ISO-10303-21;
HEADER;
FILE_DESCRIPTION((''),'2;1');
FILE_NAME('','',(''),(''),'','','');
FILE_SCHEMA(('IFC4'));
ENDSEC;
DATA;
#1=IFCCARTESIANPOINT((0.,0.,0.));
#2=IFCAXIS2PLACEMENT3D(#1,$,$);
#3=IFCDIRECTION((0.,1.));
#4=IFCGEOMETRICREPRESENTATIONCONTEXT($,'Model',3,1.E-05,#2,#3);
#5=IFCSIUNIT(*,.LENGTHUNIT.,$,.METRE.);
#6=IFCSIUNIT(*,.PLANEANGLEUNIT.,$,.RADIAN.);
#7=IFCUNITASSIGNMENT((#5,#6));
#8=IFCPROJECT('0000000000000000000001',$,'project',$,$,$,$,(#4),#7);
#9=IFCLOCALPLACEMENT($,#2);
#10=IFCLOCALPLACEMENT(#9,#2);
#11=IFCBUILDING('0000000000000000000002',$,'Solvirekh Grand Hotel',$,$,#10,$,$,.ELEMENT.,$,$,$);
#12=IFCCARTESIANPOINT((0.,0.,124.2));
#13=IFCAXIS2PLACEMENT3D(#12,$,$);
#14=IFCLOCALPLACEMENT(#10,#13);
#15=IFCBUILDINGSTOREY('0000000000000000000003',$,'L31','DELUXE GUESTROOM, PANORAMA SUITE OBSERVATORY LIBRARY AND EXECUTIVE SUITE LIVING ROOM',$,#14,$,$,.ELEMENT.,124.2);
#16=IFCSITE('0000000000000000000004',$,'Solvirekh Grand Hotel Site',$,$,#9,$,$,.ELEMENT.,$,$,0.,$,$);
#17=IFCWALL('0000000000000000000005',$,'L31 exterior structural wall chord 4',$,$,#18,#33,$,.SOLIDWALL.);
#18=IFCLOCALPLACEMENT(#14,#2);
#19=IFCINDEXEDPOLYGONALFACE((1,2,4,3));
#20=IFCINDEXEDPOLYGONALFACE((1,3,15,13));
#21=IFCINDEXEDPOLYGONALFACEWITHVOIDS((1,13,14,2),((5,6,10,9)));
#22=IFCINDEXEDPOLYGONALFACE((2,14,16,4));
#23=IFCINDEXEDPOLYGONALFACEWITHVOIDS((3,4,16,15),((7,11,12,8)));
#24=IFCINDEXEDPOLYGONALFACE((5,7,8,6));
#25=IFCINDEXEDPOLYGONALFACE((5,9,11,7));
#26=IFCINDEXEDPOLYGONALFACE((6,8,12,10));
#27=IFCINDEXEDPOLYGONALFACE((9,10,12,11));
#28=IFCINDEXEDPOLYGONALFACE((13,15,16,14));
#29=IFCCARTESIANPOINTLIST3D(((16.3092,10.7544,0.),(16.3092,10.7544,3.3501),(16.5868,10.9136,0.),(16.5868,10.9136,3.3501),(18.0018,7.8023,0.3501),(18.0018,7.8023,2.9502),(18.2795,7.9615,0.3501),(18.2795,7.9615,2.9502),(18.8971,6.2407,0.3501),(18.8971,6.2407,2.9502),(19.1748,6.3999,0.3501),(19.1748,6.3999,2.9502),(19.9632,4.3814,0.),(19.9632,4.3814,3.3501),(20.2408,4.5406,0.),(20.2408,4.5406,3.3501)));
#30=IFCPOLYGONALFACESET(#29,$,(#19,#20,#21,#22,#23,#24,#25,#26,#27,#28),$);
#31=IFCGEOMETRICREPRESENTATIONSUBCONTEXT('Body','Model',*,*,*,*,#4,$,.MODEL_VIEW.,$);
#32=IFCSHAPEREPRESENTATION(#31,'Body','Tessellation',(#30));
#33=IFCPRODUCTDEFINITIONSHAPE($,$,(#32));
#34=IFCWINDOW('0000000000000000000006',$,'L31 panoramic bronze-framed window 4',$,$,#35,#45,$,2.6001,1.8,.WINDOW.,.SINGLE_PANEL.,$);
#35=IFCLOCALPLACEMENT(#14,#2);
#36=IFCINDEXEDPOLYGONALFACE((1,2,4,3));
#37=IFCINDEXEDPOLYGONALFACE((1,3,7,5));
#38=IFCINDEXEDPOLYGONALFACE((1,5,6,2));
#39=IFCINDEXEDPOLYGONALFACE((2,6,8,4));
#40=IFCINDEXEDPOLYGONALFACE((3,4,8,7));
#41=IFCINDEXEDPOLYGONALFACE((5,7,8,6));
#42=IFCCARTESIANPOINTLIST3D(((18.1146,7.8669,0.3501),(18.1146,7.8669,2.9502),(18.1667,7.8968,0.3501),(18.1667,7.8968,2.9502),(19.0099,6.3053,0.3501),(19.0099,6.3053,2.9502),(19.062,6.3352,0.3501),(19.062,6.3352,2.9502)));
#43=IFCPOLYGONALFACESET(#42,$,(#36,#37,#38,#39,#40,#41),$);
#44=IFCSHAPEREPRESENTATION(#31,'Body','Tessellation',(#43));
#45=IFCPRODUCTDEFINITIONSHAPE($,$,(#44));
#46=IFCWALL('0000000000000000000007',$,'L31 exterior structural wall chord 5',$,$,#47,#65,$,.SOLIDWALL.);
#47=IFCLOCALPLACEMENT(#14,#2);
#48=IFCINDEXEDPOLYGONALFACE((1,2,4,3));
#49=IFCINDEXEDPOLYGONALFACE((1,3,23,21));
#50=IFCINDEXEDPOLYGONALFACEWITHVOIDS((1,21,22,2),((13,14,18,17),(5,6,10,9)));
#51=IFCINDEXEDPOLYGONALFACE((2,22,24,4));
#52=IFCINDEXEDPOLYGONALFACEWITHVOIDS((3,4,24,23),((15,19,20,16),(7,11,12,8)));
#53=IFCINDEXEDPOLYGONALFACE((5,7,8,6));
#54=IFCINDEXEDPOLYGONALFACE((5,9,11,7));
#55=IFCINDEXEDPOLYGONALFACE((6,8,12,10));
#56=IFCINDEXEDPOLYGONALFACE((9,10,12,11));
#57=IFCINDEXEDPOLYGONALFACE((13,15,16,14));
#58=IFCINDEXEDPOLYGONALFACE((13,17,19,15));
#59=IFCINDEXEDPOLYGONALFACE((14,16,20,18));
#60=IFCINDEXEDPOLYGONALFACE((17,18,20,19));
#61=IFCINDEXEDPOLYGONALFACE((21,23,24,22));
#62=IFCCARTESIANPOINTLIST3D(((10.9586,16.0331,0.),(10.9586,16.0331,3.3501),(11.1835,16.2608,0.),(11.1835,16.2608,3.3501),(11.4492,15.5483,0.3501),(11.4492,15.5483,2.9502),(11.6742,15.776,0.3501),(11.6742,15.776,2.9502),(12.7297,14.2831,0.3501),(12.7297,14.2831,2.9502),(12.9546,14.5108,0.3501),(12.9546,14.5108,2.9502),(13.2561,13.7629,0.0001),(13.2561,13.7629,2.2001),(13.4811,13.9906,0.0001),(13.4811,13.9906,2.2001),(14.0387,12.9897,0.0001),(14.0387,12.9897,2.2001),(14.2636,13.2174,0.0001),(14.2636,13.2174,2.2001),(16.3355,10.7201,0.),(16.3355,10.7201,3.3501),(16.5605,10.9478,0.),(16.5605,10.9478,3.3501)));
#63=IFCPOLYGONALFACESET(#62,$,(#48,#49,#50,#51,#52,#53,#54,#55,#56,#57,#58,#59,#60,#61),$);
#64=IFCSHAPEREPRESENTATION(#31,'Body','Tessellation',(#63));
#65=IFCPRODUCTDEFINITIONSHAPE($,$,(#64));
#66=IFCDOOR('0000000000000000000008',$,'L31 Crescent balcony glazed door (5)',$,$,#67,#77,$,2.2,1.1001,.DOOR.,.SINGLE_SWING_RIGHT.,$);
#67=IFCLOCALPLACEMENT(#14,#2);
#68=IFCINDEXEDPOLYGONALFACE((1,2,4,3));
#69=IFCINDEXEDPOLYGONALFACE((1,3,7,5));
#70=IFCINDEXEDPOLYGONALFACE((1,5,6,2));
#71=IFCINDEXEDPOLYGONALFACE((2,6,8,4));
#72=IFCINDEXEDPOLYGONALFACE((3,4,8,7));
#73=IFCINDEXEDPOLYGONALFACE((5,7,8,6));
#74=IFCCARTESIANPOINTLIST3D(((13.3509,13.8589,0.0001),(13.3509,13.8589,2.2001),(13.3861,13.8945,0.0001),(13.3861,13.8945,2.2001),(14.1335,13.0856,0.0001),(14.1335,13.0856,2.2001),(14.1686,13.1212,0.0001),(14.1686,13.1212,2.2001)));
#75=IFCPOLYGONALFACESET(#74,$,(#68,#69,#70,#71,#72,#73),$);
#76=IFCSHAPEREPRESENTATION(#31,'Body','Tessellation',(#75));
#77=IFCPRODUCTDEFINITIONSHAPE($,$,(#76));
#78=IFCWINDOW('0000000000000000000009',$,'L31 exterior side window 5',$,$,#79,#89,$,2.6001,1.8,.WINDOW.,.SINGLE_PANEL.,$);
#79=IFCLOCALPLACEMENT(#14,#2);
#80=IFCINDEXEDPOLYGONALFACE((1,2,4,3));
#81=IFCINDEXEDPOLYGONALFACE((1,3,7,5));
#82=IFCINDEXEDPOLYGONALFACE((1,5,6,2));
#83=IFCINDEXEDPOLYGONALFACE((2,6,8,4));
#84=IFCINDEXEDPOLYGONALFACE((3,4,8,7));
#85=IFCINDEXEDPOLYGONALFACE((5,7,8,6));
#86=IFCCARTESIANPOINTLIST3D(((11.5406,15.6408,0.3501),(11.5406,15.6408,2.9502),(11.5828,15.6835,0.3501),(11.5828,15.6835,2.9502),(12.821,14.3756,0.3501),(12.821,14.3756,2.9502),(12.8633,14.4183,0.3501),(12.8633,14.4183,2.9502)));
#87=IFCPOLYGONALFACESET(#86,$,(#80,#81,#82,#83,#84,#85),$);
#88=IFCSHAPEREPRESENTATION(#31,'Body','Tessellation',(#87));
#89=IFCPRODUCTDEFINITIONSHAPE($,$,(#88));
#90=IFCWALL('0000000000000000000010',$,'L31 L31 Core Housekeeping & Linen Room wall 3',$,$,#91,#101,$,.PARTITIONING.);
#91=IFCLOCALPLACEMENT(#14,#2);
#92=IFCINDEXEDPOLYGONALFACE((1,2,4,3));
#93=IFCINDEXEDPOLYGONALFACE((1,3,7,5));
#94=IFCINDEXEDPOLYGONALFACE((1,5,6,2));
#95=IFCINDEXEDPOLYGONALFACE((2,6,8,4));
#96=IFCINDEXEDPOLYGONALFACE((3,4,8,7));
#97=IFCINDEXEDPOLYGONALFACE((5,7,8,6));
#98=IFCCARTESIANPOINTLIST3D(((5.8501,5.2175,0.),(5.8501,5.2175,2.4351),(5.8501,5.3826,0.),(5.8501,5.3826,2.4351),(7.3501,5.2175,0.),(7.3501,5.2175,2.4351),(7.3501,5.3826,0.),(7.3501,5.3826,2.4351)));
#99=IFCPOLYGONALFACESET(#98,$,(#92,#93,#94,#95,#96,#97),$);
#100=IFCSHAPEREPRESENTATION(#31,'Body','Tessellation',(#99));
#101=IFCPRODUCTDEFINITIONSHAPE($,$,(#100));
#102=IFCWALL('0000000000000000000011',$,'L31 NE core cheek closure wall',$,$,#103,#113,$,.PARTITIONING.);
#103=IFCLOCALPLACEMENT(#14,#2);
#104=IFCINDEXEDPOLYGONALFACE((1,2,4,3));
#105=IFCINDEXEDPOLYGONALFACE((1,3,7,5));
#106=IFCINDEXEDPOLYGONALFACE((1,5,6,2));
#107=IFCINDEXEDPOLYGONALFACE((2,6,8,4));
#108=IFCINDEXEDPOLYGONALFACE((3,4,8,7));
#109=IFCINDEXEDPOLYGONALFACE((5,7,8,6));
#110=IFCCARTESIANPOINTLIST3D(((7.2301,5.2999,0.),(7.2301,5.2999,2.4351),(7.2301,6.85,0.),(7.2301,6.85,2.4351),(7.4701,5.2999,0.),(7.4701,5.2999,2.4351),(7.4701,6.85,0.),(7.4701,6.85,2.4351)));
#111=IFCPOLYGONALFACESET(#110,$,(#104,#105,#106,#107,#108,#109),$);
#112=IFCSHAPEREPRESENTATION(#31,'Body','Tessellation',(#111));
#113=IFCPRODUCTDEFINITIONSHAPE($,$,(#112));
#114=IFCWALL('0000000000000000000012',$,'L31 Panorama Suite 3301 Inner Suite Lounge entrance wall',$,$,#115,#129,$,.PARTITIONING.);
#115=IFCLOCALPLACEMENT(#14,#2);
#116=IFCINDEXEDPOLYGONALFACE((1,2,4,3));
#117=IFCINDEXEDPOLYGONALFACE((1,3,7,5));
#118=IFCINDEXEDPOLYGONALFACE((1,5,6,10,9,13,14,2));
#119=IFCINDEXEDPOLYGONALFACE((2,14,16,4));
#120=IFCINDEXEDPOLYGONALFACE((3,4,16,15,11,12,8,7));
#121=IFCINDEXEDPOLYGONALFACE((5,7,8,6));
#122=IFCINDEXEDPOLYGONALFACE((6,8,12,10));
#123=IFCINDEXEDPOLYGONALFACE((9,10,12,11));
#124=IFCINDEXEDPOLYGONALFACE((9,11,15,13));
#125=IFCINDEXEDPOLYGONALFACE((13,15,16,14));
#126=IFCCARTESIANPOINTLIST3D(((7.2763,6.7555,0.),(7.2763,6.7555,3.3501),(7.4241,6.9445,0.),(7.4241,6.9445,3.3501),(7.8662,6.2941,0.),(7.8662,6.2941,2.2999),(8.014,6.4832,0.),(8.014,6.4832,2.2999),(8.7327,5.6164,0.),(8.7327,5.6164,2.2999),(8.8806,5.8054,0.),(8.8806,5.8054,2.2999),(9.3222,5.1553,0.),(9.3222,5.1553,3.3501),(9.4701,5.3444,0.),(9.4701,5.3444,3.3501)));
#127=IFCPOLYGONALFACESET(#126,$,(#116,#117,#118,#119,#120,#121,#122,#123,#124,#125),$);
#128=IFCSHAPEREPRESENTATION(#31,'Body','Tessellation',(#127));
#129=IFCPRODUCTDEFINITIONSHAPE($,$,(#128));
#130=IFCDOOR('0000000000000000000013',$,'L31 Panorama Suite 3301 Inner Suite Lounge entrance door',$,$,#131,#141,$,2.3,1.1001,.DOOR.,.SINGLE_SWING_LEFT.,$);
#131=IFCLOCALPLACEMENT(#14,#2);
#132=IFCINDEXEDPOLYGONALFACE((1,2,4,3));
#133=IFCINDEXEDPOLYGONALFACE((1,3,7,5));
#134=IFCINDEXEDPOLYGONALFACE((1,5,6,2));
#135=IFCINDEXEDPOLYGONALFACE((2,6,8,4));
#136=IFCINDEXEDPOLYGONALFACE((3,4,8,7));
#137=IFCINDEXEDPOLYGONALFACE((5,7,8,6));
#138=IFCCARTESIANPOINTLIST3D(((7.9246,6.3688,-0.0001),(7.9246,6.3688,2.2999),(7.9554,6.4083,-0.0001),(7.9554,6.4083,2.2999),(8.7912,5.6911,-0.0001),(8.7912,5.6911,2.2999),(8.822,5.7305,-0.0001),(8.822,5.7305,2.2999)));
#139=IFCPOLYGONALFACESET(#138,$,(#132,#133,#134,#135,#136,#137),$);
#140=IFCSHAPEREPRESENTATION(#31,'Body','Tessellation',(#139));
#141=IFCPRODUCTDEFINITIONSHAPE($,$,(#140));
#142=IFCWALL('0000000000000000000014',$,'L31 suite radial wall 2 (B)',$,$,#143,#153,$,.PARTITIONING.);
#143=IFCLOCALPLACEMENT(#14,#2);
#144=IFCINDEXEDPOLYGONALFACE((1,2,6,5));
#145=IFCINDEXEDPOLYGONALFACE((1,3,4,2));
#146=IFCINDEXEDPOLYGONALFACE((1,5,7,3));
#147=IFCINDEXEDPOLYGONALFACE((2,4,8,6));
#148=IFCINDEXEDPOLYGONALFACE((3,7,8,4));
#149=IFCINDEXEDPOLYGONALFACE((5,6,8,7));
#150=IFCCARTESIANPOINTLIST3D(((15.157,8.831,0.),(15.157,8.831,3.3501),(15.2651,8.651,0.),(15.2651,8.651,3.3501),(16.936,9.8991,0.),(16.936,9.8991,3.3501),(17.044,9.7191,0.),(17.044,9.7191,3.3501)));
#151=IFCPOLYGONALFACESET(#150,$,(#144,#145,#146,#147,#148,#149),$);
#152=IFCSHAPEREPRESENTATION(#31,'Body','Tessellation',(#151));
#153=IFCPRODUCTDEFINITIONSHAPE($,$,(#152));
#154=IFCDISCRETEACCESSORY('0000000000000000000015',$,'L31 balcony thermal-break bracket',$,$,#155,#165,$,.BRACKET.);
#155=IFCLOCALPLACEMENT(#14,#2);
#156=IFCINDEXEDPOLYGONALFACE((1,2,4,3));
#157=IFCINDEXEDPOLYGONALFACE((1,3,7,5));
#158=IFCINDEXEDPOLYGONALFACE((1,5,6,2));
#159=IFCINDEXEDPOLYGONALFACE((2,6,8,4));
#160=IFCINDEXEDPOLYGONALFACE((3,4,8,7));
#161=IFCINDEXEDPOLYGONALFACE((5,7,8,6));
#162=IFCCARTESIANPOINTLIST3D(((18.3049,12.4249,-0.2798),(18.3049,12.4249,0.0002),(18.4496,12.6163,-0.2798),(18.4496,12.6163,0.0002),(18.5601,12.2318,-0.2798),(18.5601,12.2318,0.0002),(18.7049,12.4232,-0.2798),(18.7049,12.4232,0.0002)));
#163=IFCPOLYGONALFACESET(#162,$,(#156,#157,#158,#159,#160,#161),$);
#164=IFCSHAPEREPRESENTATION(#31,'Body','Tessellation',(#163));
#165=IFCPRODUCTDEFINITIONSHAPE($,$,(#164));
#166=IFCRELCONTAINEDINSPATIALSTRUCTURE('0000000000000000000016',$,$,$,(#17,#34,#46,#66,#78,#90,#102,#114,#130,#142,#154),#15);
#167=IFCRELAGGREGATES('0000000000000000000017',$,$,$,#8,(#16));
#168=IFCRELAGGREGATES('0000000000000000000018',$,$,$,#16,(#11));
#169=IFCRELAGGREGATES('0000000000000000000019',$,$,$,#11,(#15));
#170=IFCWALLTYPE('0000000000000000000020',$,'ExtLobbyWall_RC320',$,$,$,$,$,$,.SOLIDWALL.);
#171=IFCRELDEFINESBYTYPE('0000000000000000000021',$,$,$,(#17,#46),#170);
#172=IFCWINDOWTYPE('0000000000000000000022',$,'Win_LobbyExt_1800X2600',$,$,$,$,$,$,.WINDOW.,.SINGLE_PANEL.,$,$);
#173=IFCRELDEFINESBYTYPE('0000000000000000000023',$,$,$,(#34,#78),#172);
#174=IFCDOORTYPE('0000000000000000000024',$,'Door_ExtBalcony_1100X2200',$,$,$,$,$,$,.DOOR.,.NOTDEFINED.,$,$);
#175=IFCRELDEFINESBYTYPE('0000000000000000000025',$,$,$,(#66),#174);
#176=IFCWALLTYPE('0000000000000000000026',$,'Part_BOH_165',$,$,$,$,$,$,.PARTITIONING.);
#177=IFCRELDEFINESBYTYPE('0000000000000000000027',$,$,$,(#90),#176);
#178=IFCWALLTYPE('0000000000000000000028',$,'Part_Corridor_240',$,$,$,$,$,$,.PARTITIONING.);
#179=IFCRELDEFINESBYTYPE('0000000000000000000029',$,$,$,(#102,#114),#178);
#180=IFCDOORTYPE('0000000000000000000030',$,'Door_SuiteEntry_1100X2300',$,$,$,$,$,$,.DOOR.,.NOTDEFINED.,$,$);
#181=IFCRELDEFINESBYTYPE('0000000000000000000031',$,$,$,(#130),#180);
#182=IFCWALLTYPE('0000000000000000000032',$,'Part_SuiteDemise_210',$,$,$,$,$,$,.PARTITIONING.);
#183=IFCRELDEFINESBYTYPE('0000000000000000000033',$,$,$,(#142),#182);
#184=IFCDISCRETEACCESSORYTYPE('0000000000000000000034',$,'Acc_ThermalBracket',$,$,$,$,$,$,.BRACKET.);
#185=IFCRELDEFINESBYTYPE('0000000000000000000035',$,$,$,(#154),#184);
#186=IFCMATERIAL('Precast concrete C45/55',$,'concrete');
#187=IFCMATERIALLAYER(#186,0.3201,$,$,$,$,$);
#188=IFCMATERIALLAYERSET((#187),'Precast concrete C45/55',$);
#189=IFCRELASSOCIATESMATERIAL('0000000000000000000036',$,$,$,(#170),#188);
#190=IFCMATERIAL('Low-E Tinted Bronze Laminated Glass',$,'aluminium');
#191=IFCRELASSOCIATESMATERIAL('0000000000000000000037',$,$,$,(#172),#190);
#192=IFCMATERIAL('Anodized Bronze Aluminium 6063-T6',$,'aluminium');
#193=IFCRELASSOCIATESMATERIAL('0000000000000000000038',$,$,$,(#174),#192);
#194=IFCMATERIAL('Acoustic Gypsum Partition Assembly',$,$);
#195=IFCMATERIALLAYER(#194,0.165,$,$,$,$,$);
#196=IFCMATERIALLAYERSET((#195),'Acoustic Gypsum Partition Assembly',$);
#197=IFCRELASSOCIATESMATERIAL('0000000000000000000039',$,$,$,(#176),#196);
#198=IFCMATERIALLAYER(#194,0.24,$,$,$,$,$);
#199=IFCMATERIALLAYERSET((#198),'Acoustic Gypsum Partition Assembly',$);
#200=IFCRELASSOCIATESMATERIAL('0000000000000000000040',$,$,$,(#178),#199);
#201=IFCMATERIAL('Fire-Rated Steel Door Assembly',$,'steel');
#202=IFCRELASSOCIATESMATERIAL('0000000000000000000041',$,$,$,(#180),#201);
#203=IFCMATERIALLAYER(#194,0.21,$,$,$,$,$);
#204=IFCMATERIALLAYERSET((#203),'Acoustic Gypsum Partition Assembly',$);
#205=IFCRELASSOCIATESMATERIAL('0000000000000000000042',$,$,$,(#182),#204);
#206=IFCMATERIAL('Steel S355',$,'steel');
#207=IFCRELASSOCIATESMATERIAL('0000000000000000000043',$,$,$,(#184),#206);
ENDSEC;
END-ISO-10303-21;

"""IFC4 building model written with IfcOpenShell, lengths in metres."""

from ifc_helpers import new_model, si_unit, direction, frame, frame_2d, origin, origin_2d, place, context, subcontext, project, spatial, rectangle, extrude, material, layer, layer_set, type_object, element, fill, save


model = new_model("IFC4")

# Units and contexts
model_context = context("Model", 3, precision=1e-05, world=origin(), true_north=direction((0.0, 1.0)))
body_context = subcontext(model_context, "Body", "Model", "MODEL_VIEW")
ifc_project = project(units=[si_unit("LENGTHUNIT", "METRE"), si_unit("PLANEANGLEUNIT", "RADIAN")], contexts=[model_context])

# Site, building, storey
site_placement = place(None, origin())
site = spatial("IfcSite", under=ifc_project, at=site_placement, Name="Solvirekh Grand Hotel Site", CompositionType="ELEMENT", RefElevation=0.0)
building_placement = place(site_placement, origin())
building = spatial("IfcBuilding", under=site, at=building_placement, Name="Solvirekh Grand Hotel", CompositionType="ELEMENT")
storey_placement = place(building_placement, frame((0.0, 0.0, 124.2)))
storey = spatial("IfcBuildingStorey", under=building, at=storey_placement, Name="L31", Description="DELUXE GUESTROOM, PANORAMA SUITE OBSERVATORY LIBRARY AND EXECUTIVE SUITE LIVING ROOM", CompositionType="ELEMENT", Elevation=124.2)

# Shared definitions
ifc_material_1 = material(Name="Steel S355", Category="steel")

# Wall, opening, window
ifc_material_2 = material(Name="Precast concrete C45/55", Category="concrete")
ifc_layer_1 = layer(ifc_material_2, 0.3201)
ifc_layer_set_1 = layer_set([ifc_layer_1], Name="Precast concrete C45/55")
wall_type_1 = type_object("IfcWallType", Name="ExtLobbyWall_RC320", PredefinedType="SOLIDWALL", material=ifc_layer_set_1)
wall_1_placement = place(storey_placement, frame((16.448, 10.834, 0.0), z_axis=(0.0, 0.0, 1.0), x_axis=(0.497402, -0.86752, 0.0)))
wall_1 = element("IfcWall", 1, at=wall_1_placement, inside=storey, type_object=wall_type_1, Name="L31 exterior structural wall chord 4", PredefinedType="SOLIDWALL", context=body_context, shape_type="SweptSolid", body=[
    extrude(rectangle(XDim=7.3462, YDim=0.3201, at=frame_2d((3.6731, 0.0))), origin(), (0.0, 0.0, 1.0), 3.3501),
])
opening_1_placement = place(wall_1_placement, frame((3.4031, 0.0, 0.3501)))
opening_1 = element("IfcOpeningElement", 2, at=opening_1_placement, cuts=wall_1, PredefinedType="OPENING", context=body_context, shape_type="SweptSolid", body=[
    extrude(rectangle(XDim=1.8, YDim=2.6001, at=frame_2d((0.8999, 1.3))), frame((0.0, 0.1699, 0.0), z_axis=(0.0, -1.0, 0.0), x_axis=(1.0, 0.0, 0.0)), (0.0, 0.0, 1.0), 0.3401),
])
ifc_material_3 = material(Name="Low-E Tinted Bronze Laminated Glass", Category="aluminium")
window_type = type_object("IfcWindowType", Name="Win_LobbyExt_1800X2600", PartitioningType="SINGLE_PANEL", PredefinedType="WINDOW", material=ifc_material_3)
window_1_placement = place(opening_1_placement, origin())
window_1 = element("IfcWindow", 3, at=window_1_placement, inside=storey, type_object=window_type, Name="L31 panoramic bronze-framed window 4", OverallHeight=2.6001, OverallWidth=1.8, PartitioningType="SINGLE_PANEL", PredefinedType="WINDOW", context=body_context, shape_type="SweptSolid", body=[
    extrude(rectangle(XDim=1.8, YDim=2.6001, at=frame_2d((0.8999, 1.3))), frame((0.0, 0.03, 0.0), z_axis=(0.0, -1.0, 0.0), x_axis=(1.0, 0.0, 0.0)), (0.0, 0.0, 1.0), 0.0601),
])
fill(opening_1, window_1)

# Wall, openings, door, window
wall_2_placement = place(storey_placement, frame((11.071, 16.147, 0.0), z_axis=(0.0, 0.0, 1.0), x_axis=(0.711325, -0.702863, 0.0)))
wall_2 = element("IfcWall", 4, at=wall_2_placement, inside=storey, type_object=wall_type_1, Name="L31 exterior structural wall chord 5", PredefinedType="SOLIDWALL", context=body_context, shape_type="SweptSolid", body=[
    extrude(rectangle(XDim=7.5591, YDim=0.3201, at=frame_2d((3.7795, 0.0))), origin(), (0.0, 0.0, 1.0), 3.3501),
])
opening_2_placement = place(wall_2_placement, frame((0.6899, 0.0, 0.3501)))
opening_2 = element("IfcOpeningElement", 5, at=opening_2_placement, cuts=wall_2, PredefinedType="OPENING", context=body_context, shape_type="SweptSolid", body=[
    extrude(rectangle(XDim=1.8, YDim=2.6001, at=frame_2d((0.8999, 1.3))), frame((0.0, 0.1699, 0.0), z_axis=(0.0, -1.0, 0.0), x_axis=(1.0, 0.0, 0.0)), (0.0, 0.0, 1.0), 0.3401),
])
opening_3_placement = place(wall_2_placement, frame((3.23, 0.0, 0.0)))
opening_3 = element("IfcOpeningElement", 6, at=opening_3_placement, cuts=wall_2, PredefinedType="OPENING", context=body_context, shape_type="SweptSolid", body=[
    extrude(rectangle(XDim=1.1001, YDim=2.2, at=frame_2d((0.55, 1.1001))), frame((0.0, 0.1699, 0.0), z_axis=(0.0, -1.0, 0.0), x_axis=(1.0, 0.0, 0.0)), (0.0, 0.0, 1.0), 0.3401),
])
ifc_material_4 = material(Name="Anodized Bronze Aluminium 6063-T6", Category="aluminium")
door_type_1 = type_object("IfcDoorType", Name="Door_ExtBalcony_1100X2200", OperationType="NOTDEFINED", PredefinedType="DOOR", material=ifc_material_4)
door_1_placement = place(opening_3_placement, origin())
door_1 = element("IfcDoor", 7, at=door_1_placement, inside=storey, type_object=door_type_1, Name="L31 Crescent balcony glazed door (5)", OperationType="SINGLE_SWING_RIGHT", OverallHeight=2.2, OverallWidth=1.1001, PredefinedType="DOOR", context=body_context, shape_type="SweptSolid", body=[
    extrude(rectangle(XDim=1.1001, YDim=2.2, at=frame_2d((0.55, 1.1001))), frame((0.0, 0.0249, 0.0), z_axis=(0.0, -1.0, 0.0), x_axis=(1.0, 0.0, 0.0)), (0.0, 0.0, 1.0), 0.05),
])
fill(opening_3, door_1)
window_2_placement = place(opening_2_placement, origin())
window_2 = element("IfcWindow", 8, at=window_2_placement, inside=storey, type_object=window_type, Name="L31 exterior side window 5", OverallHeight=2.6001, OverallWidth=1.8, PartitioningType="SINGLE_PANEL", PredefinedType="WINDOW", context=body_context, shape_type="SweptSolid", body=[
    extrude(rectangle(XDim=1.8, YDim=2.6001, at=frame_2d((0.8999, 1.3))), frame((0.0, 0.03, 0.0), z_axis=(0.0, -1.0, 0.0), x_axis=(1.0, 0.0, 0.0)), (0.0, 0.0, 1.0), 0.0601),
])
fill(opening_2, window_2)

# Walls
ifc_material_5 = material(Name="Acoustic Gypsum Partition Assembly")
ifc_layer_2 = layer(ifc_material_5, 0.165)
ifc_layer_set_2 = layer_set([ifc_layer_2], Name="Acoustic Gypsum Partition Assembly")
wall_type_2 = type_object("IfcWallType", Name="Part_BOH_165", PredefinedType="PARTITIONING", material=ifc_layer_set_2)
wall_3_placement = place(storey_placement, frame((7.3501, 5.3, 0.0), z_axis=(0.0, 0.0, 1.0), x_axis=(-1.0, 0.0, 0.0)))
element("IfcWall", 9, at=wall_3_placement, inside=storey, type_object=wall_type_2, Name="L31 L31 Core Housekeeping & Linen Room wall 3", PredefinedType="PARTITIONING", context=body_context, shape_type="SweptSolid", body=[
    extrude(rectangle(XDim=1.5, YDim=0.165, at=frame_2d((0.75, 0.0))), origin(), (0.0, 0.0, 1.0), 2.4351),
])
ifc_layer_3 = layer(ifc_material_5, 0.24)
ifc_layer_set_3 = layer_set([ifc_layer_3], Name="Acoustic Gypsum Partition Assembly")
wall_type_3 = type_object("IfcWallType", Name="Part_Corridor_240", PredefinedType="PARTITIONING", material=ifc_layer_set_3)
wall_4_placement = place(storey_placement, frame((7.3501, 5.3, 0.0), z_axis=(0.0, 0.0, 1.0), x_axis=(0.0, 1.0, 0.0)))
element("IfcWall", 10, at=wall_4_placement, inside=storey, type_object=wall_type_3, Name="L31 NE core cheek closure wall", PredefinedType="PARTITIONING", context=body_context, shape_type="SweptSolid", body=[
    extrude(rectangle(XDim=1.55, YDim=0.24, at=frame_2d((0.7749, 0.0))), origin(), (0.0, 0.0, 1.0), 2.4351),
])

# Wall, opening, door
wall_5_placement = place(storey_placement, frame((7.3501, 6.8501, 0.0), z_axis=(0.0, 0.0, 1.0), x_axis=(0.787699, -0.61606, 0.0)))
wall_5 = element("IfcWall", 11, at=wall_5_placement, inside=storey, type_object=wall_type_3, Name="L31 Panorama Suite 3301 Inner Suite Lounge entrance wall", PredefinedType="PARTITIONING", context=body_context, shape_type="SweptSolid", body=[
    extrude(rectangle(XDim=2.5974, YDim=0.24, at=frame_2d((1.2988, 0.0))), origin(), (0.0, 0.0, 1.0), 3.3501),
])
opening_4_placement = place(wall_5_placement, frame((0.749, 0.0, 0.0)))
opening_4 = element("IfcOpeningElement", 12, at=opening_4_placement, cuts=wall_5, PredefinedType="OPENING", context=body_context, shape_type="SweptSolid", body=[
    extrude(rectangle(XDim=1.1001, YDim=2.3, at=frame_2d((0.55, 1.1499))), frame((0.0, 0.1299, 0.0), z_axis=(0.0, -1.0, 0.0), x_axis=(1.0, 0.0, 0.0)), (0.0, 0.0, 1.0), 0.26),
])
ifc_material_6 = material(Name="Fire-Rated Steel Door Assembly", Category="steel")
door_type_2 = type_object("IfcDoorType", Name="Door_SuiteEntry_1100X2300", OperationType="NOTDEFINED", PredefinedType="DOOR", material=ifc_material_6)
door_2_placement = place(opening_4_placement, origin())
door_2 = element("IfcDoor", 13, at=door_2_placement, inside=storey, type_object=door_type_2, Name="L31 Panorama Suite 3301 Inner Suite Lounge entrance door", OperationType="SINGLE_SWING_LEFT", OverallHeight=2.3, OverallWidth=1.1001, PredefinedType="DOOR", context=body_context, shape_type="SweptSolid", body=[
    extrude(rectangle(XDim=1.1001, YDim=2.3, at=frame_2d((0.55, 1.1499))), frame((0.0, 0.0249, 0.0), z_axis=(0.0, -1.0, 0.0), x_axis=(1.0, 0.0, 0.0)), (0.0, 0.0, 1.0), 0.05),
])
fill(opening_4, door_2)

# Wall
ifc_layer_4 = layer(ifc_material_5, 0.21)
ifc_layer_set_4 = layer_set([ifc_layer_4], Name="Acoustic Gypsum Partition Assembly")
wall_type_4 = type_object("IfcWallType", Name="Part_SuiteDemise_210", PredefinedType="PARTITIONING", material=ifc_layer_set_4)
wall_6_placement = place(storey_placement, frame((15.2109, 8.741, 0.0), z_axis=(0.0, 0.0, 1.0), x_axis=(0.857348, 0.514738, 0.0)))
element("IfcWall", 14, at=wall_6_placement, inside=storey, type_object=wall_type_4, Name="L31 suite radial wall 2 (B)", PredefinedType="PARTITIONING", context=body_context, shape_type="SweptSolid", body=[
    extrude(rectangle(XDim=2.075, YDim=0.21, at=frame_2d((1.0376, 0.0))), origin(), (0.0, 0.0, 1.0), 3.3501),
])

# Discrete accessory
discrete_accessory_type = type_object("IfcDiscreteAccessoryType", Name="Acc_ThermalBracket", PredefinedType="BRACKET", material=ifc_material_1)
discrete_accessory_placement = place(storey_placement, frame((18.5049, 12.4241, -0.2798), z_axis=(0.0, 0.0, 1.0), x_axis=(0.797584, -0.603208, 0.0)))
element("IfcDiscreteAccessory", 15, at=discrete_accessory_placement, inside=storey, type_object=discrete_accessory_type, Name="L31 balcony thermal-break bracket", PredefinedType="BRACKET", context=body_context, shape_type="SweptSolid", body=[
    extrude(rectangle(XDim=0.3201, YDim=0.24, at=origin_2d()), origin(), (0.0, 0.0, 1.0), 0.28),
])

save(model, "model.ifc")
